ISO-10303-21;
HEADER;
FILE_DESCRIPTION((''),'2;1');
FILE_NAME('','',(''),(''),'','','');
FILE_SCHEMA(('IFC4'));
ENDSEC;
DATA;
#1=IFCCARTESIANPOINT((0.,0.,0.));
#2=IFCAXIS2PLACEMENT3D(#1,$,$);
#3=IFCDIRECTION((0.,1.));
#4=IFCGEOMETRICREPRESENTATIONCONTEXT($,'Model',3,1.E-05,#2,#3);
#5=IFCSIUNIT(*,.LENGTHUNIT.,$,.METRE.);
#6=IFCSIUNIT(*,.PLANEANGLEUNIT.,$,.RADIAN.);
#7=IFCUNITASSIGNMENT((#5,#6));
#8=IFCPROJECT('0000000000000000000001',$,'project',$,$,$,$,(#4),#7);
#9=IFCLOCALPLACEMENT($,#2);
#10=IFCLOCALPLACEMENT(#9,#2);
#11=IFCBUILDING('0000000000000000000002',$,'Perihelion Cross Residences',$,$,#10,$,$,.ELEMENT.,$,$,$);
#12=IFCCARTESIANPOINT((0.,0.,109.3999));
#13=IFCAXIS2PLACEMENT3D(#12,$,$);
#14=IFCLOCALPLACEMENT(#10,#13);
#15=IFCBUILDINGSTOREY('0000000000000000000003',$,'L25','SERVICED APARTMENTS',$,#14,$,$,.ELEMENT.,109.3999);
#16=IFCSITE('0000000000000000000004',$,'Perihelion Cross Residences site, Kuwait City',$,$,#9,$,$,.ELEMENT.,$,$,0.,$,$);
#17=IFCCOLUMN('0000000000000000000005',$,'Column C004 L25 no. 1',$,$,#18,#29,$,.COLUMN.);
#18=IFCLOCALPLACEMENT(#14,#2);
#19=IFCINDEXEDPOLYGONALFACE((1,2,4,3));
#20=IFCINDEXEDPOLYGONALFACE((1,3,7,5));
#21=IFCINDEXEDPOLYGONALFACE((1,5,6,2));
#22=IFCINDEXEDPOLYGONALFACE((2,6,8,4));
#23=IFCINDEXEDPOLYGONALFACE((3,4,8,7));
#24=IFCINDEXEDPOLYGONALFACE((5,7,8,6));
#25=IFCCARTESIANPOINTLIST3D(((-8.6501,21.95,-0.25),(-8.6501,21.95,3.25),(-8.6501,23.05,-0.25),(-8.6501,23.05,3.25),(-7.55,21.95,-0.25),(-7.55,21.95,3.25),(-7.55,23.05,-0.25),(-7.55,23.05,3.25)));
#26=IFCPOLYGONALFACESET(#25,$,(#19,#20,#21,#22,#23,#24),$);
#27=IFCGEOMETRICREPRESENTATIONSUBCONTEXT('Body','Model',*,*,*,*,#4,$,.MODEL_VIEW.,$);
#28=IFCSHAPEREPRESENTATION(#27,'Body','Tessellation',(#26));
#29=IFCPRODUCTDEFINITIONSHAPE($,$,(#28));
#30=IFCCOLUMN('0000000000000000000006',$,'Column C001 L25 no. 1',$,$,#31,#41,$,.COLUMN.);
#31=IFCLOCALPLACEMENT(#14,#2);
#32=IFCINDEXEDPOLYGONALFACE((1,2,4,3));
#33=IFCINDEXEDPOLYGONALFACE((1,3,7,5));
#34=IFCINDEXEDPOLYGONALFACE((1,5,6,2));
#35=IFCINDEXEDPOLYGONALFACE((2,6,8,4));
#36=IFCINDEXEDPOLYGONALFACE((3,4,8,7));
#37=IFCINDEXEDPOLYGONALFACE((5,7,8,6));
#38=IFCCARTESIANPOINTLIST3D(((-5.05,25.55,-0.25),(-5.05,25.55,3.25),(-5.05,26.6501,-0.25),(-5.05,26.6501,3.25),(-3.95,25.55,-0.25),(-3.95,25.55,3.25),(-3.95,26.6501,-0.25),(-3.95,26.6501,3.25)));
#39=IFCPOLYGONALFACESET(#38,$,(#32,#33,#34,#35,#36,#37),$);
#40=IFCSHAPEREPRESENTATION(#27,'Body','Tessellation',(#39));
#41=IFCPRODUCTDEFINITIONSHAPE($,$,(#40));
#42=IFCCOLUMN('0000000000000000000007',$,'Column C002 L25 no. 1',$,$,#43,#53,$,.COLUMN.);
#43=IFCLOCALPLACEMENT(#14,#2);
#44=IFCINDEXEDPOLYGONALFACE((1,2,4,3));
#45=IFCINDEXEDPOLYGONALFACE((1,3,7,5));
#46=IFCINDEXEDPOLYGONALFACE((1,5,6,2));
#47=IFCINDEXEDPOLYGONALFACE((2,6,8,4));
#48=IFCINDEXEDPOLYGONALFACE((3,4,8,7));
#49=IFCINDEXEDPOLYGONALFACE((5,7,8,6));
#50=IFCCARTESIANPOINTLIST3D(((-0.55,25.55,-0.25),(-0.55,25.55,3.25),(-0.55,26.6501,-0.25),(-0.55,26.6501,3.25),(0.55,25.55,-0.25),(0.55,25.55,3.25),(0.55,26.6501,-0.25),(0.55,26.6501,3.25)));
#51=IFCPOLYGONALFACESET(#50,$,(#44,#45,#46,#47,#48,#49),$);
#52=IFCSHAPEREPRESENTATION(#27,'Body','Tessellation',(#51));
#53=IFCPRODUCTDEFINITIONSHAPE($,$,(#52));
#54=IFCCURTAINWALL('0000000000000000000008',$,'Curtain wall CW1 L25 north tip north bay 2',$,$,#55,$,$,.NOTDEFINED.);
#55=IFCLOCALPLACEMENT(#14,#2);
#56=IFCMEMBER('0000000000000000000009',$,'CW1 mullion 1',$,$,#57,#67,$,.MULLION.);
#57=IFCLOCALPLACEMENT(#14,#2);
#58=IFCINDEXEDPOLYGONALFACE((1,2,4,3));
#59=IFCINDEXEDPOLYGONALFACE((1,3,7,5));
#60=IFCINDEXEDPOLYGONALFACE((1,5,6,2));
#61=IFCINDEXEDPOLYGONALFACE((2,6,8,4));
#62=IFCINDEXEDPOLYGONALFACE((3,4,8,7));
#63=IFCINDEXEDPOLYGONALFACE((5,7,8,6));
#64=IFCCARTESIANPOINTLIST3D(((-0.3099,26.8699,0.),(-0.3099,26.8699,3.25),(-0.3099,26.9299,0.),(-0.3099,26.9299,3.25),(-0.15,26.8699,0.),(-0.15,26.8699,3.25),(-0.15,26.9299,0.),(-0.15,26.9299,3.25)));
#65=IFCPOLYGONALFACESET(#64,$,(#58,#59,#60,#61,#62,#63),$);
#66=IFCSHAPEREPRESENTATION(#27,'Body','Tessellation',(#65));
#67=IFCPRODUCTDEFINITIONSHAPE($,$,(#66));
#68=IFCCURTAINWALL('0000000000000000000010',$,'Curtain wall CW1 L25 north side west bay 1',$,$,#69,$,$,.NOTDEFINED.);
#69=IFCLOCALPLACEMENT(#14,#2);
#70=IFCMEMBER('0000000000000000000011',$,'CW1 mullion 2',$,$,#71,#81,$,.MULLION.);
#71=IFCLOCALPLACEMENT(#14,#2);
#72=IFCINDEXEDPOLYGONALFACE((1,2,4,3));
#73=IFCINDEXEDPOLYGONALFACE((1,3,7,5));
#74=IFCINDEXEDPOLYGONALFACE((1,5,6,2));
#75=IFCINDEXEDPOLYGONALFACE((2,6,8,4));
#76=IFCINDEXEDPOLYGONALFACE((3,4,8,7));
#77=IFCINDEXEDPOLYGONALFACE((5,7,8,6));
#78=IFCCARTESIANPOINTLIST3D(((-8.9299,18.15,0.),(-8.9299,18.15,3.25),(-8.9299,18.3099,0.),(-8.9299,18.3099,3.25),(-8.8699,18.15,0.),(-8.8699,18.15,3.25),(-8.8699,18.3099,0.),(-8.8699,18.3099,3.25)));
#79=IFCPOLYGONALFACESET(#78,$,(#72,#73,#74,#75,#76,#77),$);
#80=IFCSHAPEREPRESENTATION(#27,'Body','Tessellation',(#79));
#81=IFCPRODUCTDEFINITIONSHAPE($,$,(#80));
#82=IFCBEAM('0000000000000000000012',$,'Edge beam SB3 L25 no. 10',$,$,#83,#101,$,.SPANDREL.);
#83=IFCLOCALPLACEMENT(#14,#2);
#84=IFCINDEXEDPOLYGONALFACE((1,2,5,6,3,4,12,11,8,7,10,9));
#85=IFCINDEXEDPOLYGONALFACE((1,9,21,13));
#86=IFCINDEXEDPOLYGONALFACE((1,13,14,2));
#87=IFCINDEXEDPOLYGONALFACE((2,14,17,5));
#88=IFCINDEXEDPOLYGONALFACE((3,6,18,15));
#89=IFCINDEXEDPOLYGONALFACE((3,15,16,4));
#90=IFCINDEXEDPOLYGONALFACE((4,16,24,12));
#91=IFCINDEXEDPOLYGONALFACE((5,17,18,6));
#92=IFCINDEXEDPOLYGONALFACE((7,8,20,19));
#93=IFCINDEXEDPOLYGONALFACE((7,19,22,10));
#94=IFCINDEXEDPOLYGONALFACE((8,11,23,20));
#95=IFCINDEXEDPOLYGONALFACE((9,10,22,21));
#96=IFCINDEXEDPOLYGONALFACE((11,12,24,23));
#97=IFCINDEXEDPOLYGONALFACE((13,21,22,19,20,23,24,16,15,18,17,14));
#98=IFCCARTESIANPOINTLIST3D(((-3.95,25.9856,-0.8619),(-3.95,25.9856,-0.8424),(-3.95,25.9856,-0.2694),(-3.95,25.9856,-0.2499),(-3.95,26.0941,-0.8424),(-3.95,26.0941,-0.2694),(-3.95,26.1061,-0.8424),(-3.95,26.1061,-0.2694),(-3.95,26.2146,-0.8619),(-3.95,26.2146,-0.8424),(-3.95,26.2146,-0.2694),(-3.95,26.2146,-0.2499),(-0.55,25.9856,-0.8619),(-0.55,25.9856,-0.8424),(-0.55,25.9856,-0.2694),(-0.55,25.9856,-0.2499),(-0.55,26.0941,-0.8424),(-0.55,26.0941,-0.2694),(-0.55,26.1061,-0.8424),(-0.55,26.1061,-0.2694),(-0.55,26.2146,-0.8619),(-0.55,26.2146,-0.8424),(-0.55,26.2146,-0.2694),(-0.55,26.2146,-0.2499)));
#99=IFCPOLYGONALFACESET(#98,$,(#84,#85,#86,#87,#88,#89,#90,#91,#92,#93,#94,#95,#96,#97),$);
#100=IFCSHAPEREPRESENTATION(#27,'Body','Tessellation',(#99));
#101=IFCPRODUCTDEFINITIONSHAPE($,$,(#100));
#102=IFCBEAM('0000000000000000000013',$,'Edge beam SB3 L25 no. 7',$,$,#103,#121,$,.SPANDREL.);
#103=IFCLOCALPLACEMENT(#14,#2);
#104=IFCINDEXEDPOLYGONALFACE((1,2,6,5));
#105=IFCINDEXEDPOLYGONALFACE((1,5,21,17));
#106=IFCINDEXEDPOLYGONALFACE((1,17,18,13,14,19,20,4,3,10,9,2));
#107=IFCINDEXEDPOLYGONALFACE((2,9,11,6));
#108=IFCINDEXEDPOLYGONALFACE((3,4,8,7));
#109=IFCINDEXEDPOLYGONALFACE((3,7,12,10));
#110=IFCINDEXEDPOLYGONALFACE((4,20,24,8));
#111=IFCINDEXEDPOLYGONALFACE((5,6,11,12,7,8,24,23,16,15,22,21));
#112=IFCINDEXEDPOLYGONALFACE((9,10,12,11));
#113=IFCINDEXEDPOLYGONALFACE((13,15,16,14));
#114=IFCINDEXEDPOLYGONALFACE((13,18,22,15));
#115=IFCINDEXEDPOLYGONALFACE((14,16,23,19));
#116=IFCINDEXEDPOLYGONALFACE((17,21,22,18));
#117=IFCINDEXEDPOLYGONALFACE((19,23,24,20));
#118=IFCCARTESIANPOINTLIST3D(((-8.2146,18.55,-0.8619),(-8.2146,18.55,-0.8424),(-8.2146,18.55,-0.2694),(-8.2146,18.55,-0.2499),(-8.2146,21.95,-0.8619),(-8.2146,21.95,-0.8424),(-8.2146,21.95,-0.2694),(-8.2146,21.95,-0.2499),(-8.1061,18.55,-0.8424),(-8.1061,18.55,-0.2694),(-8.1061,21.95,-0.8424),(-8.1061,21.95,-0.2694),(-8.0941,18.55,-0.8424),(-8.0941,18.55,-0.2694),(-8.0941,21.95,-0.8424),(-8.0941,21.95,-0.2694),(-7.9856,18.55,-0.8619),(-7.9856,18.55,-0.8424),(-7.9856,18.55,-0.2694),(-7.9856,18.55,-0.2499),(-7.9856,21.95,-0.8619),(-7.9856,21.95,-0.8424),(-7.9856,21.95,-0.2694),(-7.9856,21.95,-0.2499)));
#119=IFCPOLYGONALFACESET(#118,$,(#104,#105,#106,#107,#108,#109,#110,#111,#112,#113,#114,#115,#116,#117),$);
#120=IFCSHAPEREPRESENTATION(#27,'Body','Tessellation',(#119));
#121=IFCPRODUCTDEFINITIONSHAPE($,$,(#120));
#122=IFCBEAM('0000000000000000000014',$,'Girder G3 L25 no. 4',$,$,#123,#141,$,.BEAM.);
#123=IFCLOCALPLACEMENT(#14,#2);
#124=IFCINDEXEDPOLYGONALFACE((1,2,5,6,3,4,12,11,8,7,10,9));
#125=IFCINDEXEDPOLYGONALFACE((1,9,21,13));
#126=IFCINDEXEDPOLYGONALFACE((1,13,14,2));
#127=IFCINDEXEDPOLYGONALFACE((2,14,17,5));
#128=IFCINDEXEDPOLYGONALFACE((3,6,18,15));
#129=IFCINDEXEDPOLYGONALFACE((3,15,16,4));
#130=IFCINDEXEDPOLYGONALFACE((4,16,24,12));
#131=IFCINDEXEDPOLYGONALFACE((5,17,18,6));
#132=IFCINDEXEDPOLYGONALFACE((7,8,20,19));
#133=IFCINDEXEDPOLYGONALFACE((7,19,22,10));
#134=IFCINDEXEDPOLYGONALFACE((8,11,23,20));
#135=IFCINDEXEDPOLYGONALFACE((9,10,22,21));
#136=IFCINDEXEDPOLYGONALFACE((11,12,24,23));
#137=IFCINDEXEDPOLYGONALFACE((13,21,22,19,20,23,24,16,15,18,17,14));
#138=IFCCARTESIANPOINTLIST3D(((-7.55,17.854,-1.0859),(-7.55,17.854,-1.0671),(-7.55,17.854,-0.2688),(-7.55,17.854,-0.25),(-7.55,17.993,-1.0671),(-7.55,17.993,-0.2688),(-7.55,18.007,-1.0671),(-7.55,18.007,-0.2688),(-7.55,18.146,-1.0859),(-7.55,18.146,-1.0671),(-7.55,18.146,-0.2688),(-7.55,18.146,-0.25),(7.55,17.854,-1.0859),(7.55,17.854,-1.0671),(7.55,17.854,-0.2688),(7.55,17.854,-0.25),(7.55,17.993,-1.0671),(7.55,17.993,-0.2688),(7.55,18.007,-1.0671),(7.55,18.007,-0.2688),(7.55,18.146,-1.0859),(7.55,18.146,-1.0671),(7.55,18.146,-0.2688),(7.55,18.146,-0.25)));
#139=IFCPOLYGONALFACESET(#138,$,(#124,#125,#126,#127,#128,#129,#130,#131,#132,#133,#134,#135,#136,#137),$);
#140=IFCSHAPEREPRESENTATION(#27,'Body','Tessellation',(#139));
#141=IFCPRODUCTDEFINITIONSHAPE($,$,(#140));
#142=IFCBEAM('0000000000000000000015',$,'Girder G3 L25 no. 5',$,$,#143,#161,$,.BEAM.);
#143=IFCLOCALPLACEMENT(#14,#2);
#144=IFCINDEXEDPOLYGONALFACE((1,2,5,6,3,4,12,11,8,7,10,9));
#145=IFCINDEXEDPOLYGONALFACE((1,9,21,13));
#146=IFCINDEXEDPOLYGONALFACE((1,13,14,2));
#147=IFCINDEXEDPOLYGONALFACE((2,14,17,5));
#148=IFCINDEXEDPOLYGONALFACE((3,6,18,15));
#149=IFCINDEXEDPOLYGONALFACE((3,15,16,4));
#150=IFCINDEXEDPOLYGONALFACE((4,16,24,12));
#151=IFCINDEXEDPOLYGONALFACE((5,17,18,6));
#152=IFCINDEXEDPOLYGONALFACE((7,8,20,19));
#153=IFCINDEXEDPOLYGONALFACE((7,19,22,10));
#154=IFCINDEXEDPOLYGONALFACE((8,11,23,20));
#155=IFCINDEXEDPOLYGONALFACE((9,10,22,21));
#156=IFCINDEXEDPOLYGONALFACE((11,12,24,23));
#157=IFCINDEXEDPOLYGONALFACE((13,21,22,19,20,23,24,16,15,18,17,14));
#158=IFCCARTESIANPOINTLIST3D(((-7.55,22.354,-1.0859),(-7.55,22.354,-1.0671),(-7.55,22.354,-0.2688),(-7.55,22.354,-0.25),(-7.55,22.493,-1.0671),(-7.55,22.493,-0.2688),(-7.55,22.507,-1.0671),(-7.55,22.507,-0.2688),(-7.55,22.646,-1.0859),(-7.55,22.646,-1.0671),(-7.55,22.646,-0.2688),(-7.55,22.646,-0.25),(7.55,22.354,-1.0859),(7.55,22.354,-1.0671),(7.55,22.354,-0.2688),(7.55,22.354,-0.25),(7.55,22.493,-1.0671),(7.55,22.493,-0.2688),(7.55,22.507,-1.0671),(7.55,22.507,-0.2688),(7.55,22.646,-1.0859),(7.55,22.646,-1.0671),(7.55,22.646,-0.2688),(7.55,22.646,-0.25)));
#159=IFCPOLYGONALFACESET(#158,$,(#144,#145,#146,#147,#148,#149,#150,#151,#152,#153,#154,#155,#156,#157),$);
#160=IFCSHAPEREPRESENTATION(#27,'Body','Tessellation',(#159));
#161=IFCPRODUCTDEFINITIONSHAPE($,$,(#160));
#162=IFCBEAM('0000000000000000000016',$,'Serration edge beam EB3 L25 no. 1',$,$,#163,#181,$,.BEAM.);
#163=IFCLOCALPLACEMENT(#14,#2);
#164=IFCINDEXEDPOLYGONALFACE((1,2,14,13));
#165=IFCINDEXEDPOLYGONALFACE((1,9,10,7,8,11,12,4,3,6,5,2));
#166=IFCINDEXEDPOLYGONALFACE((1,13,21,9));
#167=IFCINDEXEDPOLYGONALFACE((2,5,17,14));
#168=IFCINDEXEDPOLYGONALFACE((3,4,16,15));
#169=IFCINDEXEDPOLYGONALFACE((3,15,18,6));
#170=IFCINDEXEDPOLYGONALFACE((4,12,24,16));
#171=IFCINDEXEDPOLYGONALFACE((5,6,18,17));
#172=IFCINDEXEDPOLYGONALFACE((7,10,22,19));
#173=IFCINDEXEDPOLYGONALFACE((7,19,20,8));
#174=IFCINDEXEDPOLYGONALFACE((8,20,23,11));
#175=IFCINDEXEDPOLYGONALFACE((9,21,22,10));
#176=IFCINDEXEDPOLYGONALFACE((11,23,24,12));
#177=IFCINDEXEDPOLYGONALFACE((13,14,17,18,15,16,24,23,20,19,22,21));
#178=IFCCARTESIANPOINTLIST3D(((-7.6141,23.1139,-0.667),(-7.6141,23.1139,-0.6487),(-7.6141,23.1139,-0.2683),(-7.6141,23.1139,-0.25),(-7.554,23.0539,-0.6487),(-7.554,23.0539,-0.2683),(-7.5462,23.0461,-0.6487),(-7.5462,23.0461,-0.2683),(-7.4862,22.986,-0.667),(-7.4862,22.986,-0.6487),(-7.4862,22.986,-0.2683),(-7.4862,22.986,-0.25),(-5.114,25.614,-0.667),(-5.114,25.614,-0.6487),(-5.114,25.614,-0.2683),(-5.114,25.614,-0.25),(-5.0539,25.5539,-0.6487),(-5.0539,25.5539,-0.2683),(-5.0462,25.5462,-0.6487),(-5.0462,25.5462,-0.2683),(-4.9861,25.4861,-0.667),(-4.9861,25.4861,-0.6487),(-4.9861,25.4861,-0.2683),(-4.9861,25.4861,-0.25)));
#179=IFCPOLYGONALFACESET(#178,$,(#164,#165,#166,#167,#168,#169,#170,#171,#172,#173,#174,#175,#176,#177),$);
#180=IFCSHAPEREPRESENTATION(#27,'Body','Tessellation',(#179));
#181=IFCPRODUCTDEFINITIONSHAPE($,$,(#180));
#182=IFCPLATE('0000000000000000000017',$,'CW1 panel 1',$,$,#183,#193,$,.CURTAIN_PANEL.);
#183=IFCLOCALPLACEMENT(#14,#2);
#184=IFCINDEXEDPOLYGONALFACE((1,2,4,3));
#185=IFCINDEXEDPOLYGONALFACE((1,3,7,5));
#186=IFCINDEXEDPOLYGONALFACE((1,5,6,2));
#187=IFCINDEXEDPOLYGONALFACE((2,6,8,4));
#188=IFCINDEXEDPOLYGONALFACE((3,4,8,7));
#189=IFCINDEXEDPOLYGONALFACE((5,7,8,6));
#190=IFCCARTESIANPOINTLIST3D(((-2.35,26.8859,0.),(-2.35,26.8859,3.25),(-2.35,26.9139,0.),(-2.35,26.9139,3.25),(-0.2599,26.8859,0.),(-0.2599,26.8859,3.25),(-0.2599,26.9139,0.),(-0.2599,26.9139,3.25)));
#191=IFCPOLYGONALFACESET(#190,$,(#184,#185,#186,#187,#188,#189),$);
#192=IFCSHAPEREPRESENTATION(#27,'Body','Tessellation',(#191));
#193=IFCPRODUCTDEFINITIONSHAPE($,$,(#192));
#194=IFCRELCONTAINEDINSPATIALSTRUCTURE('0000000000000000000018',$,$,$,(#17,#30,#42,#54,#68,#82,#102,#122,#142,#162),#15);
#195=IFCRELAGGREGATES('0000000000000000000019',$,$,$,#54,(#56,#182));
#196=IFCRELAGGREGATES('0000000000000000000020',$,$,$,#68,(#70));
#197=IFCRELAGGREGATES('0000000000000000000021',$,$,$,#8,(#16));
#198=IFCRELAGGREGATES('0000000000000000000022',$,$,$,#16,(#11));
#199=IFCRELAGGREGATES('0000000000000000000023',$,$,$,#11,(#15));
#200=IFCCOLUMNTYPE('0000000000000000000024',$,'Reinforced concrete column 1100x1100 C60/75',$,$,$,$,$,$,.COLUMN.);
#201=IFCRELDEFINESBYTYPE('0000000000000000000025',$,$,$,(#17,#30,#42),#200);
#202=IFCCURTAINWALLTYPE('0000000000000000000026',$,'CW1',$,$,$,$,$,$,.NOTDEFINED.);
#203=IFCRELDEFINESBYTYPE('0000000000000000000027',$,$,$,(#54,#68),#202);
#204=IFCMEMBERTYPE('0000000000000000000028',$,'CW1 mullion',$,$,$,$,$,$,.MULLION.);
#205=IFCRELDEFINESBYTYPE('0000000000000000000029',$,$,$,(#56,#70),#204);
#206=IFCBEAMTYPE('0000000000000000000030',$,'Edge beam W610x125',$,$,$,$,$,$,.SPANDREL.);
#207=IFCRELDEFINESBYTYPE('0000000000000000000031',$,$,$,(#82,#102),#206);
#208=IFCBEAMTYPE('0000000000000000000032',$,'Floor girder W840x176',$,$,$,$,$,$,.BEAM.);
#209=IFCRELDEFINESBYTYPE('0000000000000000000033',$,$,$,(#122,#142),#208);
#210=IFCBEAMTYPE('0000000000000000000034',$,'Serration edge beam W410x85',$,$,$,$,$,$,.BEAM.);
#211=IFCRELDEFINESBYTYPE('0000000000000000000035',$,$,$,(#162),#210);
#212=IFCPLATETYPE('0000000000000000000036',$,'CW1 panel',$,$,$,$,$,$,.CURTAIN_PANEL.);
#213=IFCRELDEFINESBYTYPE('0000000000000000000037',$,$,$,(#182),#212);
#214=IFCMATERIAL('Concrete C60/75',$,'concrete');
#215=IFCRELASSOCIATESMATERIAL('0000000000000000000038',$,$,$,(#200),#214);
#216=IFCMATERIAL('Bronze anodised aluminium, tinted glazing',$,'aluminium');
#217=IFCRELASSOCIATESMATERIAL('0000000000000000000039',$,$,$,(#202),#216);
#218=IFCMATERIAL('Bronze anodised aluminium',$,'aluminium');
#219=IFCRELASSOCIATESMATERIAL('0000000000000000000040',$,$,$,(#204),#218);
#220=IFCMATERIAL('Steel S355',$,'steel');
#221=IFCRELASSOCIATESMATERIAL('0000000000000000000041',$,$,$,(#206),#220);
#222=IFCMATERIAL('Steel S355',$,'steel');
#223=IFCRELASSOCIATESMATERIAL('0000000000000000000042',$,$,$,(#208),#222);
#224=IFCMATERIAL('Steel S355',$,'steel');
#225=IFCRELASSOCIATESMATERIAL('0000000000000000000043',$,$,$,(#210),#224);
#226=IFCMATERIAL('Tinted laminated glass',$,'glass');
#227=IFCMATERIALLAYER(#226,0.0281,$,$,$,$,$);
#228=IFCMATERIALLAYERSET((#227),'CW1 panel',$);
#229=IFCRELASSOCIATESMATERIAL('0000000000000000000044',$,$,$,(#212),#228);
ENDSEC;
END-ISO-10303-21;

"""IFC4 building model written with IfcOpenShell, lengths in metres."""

from ifc_helpers import new_model, si_unit, direction, frame, origin, origin_2d, place, context, subcontext, project, spatial, rectangle, i_section, extrude, material, layer, layer_set, material_profile, profile_set, type_object, element, aggregate, save


model = new_model("IFC4")

# Units and contexts
model_context = context("Model", 3, precision=1e-05, world=origin(), true_north=direction((0.0, 1.0)))
body_context = subcontext(model_context, "Body", "Model", "MODEL_VIEW")
ifc_project = project(units=[si_unit("LENGTHUNIT", "METRE"), si_unit("PLANEANGLEUNIT", "RADIAN")], contexts=[model_context])

# Site, building, storey
site_placement = place(None, origin())
site = spatial("IfcSite", under=ifc_project, at=site_placement, Name="Perihelion Cross Residences site, Kuwait City", CompositionType="ELEMENT", RefElevation=0.0)
building_placement = place(site_placement, origin())
building = spatial("IfcBuilding", under=site, at=building_placement, Name="Perihelion Cross Residences", CompositionType="ELEMENT")
storey_placement = place(building_placement, frame((0.0, 0.0, 109.3999)))
storey = spatial("IfcBuildingStorey", under=building, at=storey_placement, Name="L25", Description="SERVICED APARTMENTS", CompositionType="ELEMENT", Elevation=109.3999)

# Columns
ifc_material_1 = material(Name="Concrete C60/75", Category="concrete")
ifc_material_profile_1 = material_profile(ifc_material_1, rectangle(XDim=1.1001, YDim=1.1001, at=origin_2d()), Name="RC 1100x1100")
ifc_profile_set_1 = profile_set([ifc_material_profile_1], Name="Concrete C60/75")
column_type = type_object("IfcColumnType", Name="Reinforced concrete column 1100x1100 C60/75", PredefinedType="COLUMN", material=ifc_profile_set_1)
for number, where, z_axis, x_axis, name in (
    (1, (-8.1001, 22.5, -0.25), (0.0, 0.0, 1.0), (1.0, 0.0, 0.0), "Column C004 L25 no. 1"),
    (2, (-4.5, 26.1001, -0.25), (0.0, 0.0, 1.0), (1.0, 0.0, 0.0), "Column C001 L25 no. 1"),
    (3, (0.0, 26.1001, -0.25), (0.0, 0.0, 1.0), (1.0, 0.0, 0.0), "Column C002 L25 no. 1"),
):
    element("IfcColumn", number, at=place(storey_placement, frame(where, z_axis=z_axis, x_axis=x_axis)), inside=storey, type_object=column_type, Name=name, PredefinedType="COLUMN", context=body_context, shape_type="SweptSolid", body=[
        extrude(rectangle(XDim=1.1001, YDim=1.1001, at=origin_2d()), origin(), (0.0, 0.0, 1.0), 3.5),
    ])

# Curtain walls, members
ifc_material_2 = material(Name="Bronze anodised aluminium, tinted glazing", Category="aluminium")
curtain_wall_type = type_object("IfcCurtainWallType", Name="CW1", PredefinedType="NOTDEFINED", material=ifc_material_2)
curtain_wall_1_placement = place(storey_placement, origin())
curtain_wall_1 = element("IfcCurtainWall", 4, at=curtain_wall_1_placement, inside=storey, type_object=curtain_wall_type, Name="Curtain wall CW1 L25 north tip north bay 2", PredefinedType="NOTDEFINED")
ifc_material_3 = material(Name="Bronze anodised aluminium", Category="aluminium")
ifc_material_profile_2 = material_profile(ifc_material_3, rectangle(XDim=0.0601, YDim=0.1599, at=origin_2d()), Name="CW1 mullion")
ifc_profile_set_2 = profile_set([ifc_material_profile_2], Name="Bronze anodised aluminium")
member_type = type_object("IfcMemberType", Name="CW1 mullion", PredefinedType="MULLION", material=ifc_profile_set_2)
member_1_placement = place(storey_placement, frame((-0.23, 26.8999, 0.0), z_axis=(0.0, 0.0, 1.0), x_axis=(0.0, -1.0, 0.0)))
member_1 = element("IfcMember", 5, at=member_1_placement, type_object=member_type, Name="CW1 mullion 1", PredefinedType="MULLION", context=body_context, shape_type="SweptSolid", body=[
    extrude(rectangle(XDim=0.0601, YDim=0.1599, at=origin_2d()), origin(), (0.0, 0.0, 1.0), 3.25),
])
curtain_wall_2_placement = place(storey_placement, origin())
curtain_wall_2 = element("IfcCurtainWall", 6, at=curtain_wall_2_placement, inside=storey, type_object=curtain_wall_type, Name="Curtain wall CW1 L25 north side west bay 1", PredefinedType="NOTDEFINED")
member_2_placement = place(storey_placement, frame((-8.8999, 18.23, 0.0), z_axis=(0.0, 0.0, 1.0), x_axis=(1.0, 0.0, 0.0)))
member_2 = element("IfcMember", 7, at=member_2_placement, type_object=member_type, Name="CW1 mullion 2", PredefinedType="MULLION", context=body_context, shape_type="SweptSolid", body=[
    extrude(rectangle(XDim=0.0601, YDim=0.1599, at=origin_2d()), origin(), (0.0, 0.0, 1.0), 3.25),
])

# Beams
ifc_material_4 = material(Name="Steel S355", Category="steel")
ifc_material_profile_3 = material_profile(ifc_material_4, i_section(OverallWidth=0.229, OverallDepth=0.6121, WebThickness=0.012, FlangeThickness=0.0195, at=origin_2d()), Name="W610x125")
ifc_profile_set_3 = profile_set([ifc_material_profile_3], Name="Steel S355")
beam_type_1 = type_object("IfcBeamType", Name="Edge beam W610x125", PredefinedType="SPANDREL", material=ifc_profile_set_3)
for number, where, z_axis, x_axis, name in (
    (8, (-0.55, 26.1001, -0.5559), (-1.0, 0.0, 0.0), (0.0, -1.0, 0.0), "Edge beam SB3 L25 no. 10"),
    (9, (-8.1001, 21.95, -0.5559), (0.0, -1.0, 0.0), (1.0, 0.0, 0.0), "Edge beam SB3 L25 no. 7"),
):
    element("IfcBeam", number, at=place(storey_placement, frame(where, z_axis=z_axis, x_axis=x_axis)), inside=storey, type_object=beam_type_1, Name=name, PredefinedType="SPANDREL", context=body_context, shape_type="SweptSolid", body=[
        extrude(i_section(OverallWidth=0.229, OverallDepth=0.6121, WebThickness=0.012, FlangeThickness=0.0195, at=origin_2d()), origin(), (0.0, 0.0, 1.0), 3.3999),
    ])
ifc_material_5 = material(Name="Steel S355", Category="steel")
ifc_material_profile_4 = material_profile(ifc_material_5, i_section(OverallWidth=0.292, OverallDepth=0.8359, WebThickness=0.0139, FlangeThickness=0.0188, at=origin_2d()), Name="W840x176")
ifc_profile_set_4 = profile_set([ifc_material_profile_4], Name="Steel S355")
beam_type_2 = type_object("IfcBeamType", Name="Floor girder W840x176", PredefinedType="BEAM", material=ifc_profile_set_4)
for number, where, z_axis, x_axis, name in (
    (10, (-7.55, 18.0, -0.668), (1.0, 0.0, 0.0), (0.0, 1.0, 0.0), "Girder G3 L25 no. 4"),
    (11, (-7.55, 22.5, -0.668), (1.0, 0.0, 0.0), (0.0, 1.0, 0.0), "Girder G3 L25 no. 5"),
):
    element("IfcBeam", number, at=place(storey_placement, frame(where, z_axis=z_axis, x_axis=x_axis)), inside=storey, type_object=beam_type_2, Name=name, PredefinedType="BEAM", context=body_context, shape_type="SweptSolid", body=[
        extrude(i_section(OverallWidth=0.292, OverallDepth=0.8359, WebThickness=0.0139, FlangeThickness=0.0188, at=origin_2d()), origin(), (0.0, 0.0, 1.0), 15.1001),
    ])
ifc_material_6 = material(Name="Steel S355", Category="steel")
ifc_material_profile_5 = material_profile(ifc_material_6, i_section(OverallWidth=0.1809, OverallDepth=0.417, WebThickness=0.011, FlangeThickness=0.0183, at=origin_2d()), Name="W410x85")
ifc_profile_set_5 = profile_set([ifc_material_profile_5], Name="Steel S355")
beam_type_3 = type_object("IfcBeamType", Name="Serration edge beam W410x85", PredefinedType="BEAM", material=ifc_profile_set_5)
beam_placement = place(storey_placement, frame((-5.05, 25.55, -0.4585), z_axis=(-0.707107, -0.707107, 0.0), x_axis=(0.707107, -0.707107, 0.0)))
element("IfcBeam", 12, at=beam_placement, inside=storey, type_object=beam_type_3, Name="Serration edge beam EB3 L25 no. 1", PredefinedType="BEAM", context=body_context, shape_type="SweptSolid", body=[
    extrude(i_section(OverallWidth=0.1809, OverallDepth=0.417, WebThickness=0.011, FlangeThickness=0.0183, at=origin_2d()), origin(), (0.0, 0.0, 1.0), 3.5356),
])

# Plate
ifc_material_7 = material(Name="Tinted laminated glass", Category="glass")
ifc_layer_1 = layer(ifc_material_7, 0.0281)
ifc_layer_set_1 = layer_set([ifc_layer_1], Name="CW1 panel")
plate_type = type_object("IfcPlateType", Name="CW1 panel", PredefinedType="CURTAIN_PANEL", material=ifc_layer_set_1)
plate_1_placement = place(storey_placement, frame((-1.3049, 26.8999, 0.0), z_axis=(0.0, 0.0, 1.0), x_axis=(-1.0, 0.0, 0.0)))
plate_1 = element("IfcPlate", 13, at=plate_1_placement, type_object=plate_type, Name="CW1 panel 1", PredefinedType="CURTAIN_PANEL", context=body_context, shape_type="SweptSolid", body=[
    extrude(rectangle(XDim=2.0901, YDim=0.0281, at=origin_2d()), origin(), (0.0, 0.0, 1.0), 3.25),
])
aggregate(curtain_wall_1, [member_1, plate_1])
aggregate(curtain_wall_2, [member_2])

save(model, "model.ifc")
